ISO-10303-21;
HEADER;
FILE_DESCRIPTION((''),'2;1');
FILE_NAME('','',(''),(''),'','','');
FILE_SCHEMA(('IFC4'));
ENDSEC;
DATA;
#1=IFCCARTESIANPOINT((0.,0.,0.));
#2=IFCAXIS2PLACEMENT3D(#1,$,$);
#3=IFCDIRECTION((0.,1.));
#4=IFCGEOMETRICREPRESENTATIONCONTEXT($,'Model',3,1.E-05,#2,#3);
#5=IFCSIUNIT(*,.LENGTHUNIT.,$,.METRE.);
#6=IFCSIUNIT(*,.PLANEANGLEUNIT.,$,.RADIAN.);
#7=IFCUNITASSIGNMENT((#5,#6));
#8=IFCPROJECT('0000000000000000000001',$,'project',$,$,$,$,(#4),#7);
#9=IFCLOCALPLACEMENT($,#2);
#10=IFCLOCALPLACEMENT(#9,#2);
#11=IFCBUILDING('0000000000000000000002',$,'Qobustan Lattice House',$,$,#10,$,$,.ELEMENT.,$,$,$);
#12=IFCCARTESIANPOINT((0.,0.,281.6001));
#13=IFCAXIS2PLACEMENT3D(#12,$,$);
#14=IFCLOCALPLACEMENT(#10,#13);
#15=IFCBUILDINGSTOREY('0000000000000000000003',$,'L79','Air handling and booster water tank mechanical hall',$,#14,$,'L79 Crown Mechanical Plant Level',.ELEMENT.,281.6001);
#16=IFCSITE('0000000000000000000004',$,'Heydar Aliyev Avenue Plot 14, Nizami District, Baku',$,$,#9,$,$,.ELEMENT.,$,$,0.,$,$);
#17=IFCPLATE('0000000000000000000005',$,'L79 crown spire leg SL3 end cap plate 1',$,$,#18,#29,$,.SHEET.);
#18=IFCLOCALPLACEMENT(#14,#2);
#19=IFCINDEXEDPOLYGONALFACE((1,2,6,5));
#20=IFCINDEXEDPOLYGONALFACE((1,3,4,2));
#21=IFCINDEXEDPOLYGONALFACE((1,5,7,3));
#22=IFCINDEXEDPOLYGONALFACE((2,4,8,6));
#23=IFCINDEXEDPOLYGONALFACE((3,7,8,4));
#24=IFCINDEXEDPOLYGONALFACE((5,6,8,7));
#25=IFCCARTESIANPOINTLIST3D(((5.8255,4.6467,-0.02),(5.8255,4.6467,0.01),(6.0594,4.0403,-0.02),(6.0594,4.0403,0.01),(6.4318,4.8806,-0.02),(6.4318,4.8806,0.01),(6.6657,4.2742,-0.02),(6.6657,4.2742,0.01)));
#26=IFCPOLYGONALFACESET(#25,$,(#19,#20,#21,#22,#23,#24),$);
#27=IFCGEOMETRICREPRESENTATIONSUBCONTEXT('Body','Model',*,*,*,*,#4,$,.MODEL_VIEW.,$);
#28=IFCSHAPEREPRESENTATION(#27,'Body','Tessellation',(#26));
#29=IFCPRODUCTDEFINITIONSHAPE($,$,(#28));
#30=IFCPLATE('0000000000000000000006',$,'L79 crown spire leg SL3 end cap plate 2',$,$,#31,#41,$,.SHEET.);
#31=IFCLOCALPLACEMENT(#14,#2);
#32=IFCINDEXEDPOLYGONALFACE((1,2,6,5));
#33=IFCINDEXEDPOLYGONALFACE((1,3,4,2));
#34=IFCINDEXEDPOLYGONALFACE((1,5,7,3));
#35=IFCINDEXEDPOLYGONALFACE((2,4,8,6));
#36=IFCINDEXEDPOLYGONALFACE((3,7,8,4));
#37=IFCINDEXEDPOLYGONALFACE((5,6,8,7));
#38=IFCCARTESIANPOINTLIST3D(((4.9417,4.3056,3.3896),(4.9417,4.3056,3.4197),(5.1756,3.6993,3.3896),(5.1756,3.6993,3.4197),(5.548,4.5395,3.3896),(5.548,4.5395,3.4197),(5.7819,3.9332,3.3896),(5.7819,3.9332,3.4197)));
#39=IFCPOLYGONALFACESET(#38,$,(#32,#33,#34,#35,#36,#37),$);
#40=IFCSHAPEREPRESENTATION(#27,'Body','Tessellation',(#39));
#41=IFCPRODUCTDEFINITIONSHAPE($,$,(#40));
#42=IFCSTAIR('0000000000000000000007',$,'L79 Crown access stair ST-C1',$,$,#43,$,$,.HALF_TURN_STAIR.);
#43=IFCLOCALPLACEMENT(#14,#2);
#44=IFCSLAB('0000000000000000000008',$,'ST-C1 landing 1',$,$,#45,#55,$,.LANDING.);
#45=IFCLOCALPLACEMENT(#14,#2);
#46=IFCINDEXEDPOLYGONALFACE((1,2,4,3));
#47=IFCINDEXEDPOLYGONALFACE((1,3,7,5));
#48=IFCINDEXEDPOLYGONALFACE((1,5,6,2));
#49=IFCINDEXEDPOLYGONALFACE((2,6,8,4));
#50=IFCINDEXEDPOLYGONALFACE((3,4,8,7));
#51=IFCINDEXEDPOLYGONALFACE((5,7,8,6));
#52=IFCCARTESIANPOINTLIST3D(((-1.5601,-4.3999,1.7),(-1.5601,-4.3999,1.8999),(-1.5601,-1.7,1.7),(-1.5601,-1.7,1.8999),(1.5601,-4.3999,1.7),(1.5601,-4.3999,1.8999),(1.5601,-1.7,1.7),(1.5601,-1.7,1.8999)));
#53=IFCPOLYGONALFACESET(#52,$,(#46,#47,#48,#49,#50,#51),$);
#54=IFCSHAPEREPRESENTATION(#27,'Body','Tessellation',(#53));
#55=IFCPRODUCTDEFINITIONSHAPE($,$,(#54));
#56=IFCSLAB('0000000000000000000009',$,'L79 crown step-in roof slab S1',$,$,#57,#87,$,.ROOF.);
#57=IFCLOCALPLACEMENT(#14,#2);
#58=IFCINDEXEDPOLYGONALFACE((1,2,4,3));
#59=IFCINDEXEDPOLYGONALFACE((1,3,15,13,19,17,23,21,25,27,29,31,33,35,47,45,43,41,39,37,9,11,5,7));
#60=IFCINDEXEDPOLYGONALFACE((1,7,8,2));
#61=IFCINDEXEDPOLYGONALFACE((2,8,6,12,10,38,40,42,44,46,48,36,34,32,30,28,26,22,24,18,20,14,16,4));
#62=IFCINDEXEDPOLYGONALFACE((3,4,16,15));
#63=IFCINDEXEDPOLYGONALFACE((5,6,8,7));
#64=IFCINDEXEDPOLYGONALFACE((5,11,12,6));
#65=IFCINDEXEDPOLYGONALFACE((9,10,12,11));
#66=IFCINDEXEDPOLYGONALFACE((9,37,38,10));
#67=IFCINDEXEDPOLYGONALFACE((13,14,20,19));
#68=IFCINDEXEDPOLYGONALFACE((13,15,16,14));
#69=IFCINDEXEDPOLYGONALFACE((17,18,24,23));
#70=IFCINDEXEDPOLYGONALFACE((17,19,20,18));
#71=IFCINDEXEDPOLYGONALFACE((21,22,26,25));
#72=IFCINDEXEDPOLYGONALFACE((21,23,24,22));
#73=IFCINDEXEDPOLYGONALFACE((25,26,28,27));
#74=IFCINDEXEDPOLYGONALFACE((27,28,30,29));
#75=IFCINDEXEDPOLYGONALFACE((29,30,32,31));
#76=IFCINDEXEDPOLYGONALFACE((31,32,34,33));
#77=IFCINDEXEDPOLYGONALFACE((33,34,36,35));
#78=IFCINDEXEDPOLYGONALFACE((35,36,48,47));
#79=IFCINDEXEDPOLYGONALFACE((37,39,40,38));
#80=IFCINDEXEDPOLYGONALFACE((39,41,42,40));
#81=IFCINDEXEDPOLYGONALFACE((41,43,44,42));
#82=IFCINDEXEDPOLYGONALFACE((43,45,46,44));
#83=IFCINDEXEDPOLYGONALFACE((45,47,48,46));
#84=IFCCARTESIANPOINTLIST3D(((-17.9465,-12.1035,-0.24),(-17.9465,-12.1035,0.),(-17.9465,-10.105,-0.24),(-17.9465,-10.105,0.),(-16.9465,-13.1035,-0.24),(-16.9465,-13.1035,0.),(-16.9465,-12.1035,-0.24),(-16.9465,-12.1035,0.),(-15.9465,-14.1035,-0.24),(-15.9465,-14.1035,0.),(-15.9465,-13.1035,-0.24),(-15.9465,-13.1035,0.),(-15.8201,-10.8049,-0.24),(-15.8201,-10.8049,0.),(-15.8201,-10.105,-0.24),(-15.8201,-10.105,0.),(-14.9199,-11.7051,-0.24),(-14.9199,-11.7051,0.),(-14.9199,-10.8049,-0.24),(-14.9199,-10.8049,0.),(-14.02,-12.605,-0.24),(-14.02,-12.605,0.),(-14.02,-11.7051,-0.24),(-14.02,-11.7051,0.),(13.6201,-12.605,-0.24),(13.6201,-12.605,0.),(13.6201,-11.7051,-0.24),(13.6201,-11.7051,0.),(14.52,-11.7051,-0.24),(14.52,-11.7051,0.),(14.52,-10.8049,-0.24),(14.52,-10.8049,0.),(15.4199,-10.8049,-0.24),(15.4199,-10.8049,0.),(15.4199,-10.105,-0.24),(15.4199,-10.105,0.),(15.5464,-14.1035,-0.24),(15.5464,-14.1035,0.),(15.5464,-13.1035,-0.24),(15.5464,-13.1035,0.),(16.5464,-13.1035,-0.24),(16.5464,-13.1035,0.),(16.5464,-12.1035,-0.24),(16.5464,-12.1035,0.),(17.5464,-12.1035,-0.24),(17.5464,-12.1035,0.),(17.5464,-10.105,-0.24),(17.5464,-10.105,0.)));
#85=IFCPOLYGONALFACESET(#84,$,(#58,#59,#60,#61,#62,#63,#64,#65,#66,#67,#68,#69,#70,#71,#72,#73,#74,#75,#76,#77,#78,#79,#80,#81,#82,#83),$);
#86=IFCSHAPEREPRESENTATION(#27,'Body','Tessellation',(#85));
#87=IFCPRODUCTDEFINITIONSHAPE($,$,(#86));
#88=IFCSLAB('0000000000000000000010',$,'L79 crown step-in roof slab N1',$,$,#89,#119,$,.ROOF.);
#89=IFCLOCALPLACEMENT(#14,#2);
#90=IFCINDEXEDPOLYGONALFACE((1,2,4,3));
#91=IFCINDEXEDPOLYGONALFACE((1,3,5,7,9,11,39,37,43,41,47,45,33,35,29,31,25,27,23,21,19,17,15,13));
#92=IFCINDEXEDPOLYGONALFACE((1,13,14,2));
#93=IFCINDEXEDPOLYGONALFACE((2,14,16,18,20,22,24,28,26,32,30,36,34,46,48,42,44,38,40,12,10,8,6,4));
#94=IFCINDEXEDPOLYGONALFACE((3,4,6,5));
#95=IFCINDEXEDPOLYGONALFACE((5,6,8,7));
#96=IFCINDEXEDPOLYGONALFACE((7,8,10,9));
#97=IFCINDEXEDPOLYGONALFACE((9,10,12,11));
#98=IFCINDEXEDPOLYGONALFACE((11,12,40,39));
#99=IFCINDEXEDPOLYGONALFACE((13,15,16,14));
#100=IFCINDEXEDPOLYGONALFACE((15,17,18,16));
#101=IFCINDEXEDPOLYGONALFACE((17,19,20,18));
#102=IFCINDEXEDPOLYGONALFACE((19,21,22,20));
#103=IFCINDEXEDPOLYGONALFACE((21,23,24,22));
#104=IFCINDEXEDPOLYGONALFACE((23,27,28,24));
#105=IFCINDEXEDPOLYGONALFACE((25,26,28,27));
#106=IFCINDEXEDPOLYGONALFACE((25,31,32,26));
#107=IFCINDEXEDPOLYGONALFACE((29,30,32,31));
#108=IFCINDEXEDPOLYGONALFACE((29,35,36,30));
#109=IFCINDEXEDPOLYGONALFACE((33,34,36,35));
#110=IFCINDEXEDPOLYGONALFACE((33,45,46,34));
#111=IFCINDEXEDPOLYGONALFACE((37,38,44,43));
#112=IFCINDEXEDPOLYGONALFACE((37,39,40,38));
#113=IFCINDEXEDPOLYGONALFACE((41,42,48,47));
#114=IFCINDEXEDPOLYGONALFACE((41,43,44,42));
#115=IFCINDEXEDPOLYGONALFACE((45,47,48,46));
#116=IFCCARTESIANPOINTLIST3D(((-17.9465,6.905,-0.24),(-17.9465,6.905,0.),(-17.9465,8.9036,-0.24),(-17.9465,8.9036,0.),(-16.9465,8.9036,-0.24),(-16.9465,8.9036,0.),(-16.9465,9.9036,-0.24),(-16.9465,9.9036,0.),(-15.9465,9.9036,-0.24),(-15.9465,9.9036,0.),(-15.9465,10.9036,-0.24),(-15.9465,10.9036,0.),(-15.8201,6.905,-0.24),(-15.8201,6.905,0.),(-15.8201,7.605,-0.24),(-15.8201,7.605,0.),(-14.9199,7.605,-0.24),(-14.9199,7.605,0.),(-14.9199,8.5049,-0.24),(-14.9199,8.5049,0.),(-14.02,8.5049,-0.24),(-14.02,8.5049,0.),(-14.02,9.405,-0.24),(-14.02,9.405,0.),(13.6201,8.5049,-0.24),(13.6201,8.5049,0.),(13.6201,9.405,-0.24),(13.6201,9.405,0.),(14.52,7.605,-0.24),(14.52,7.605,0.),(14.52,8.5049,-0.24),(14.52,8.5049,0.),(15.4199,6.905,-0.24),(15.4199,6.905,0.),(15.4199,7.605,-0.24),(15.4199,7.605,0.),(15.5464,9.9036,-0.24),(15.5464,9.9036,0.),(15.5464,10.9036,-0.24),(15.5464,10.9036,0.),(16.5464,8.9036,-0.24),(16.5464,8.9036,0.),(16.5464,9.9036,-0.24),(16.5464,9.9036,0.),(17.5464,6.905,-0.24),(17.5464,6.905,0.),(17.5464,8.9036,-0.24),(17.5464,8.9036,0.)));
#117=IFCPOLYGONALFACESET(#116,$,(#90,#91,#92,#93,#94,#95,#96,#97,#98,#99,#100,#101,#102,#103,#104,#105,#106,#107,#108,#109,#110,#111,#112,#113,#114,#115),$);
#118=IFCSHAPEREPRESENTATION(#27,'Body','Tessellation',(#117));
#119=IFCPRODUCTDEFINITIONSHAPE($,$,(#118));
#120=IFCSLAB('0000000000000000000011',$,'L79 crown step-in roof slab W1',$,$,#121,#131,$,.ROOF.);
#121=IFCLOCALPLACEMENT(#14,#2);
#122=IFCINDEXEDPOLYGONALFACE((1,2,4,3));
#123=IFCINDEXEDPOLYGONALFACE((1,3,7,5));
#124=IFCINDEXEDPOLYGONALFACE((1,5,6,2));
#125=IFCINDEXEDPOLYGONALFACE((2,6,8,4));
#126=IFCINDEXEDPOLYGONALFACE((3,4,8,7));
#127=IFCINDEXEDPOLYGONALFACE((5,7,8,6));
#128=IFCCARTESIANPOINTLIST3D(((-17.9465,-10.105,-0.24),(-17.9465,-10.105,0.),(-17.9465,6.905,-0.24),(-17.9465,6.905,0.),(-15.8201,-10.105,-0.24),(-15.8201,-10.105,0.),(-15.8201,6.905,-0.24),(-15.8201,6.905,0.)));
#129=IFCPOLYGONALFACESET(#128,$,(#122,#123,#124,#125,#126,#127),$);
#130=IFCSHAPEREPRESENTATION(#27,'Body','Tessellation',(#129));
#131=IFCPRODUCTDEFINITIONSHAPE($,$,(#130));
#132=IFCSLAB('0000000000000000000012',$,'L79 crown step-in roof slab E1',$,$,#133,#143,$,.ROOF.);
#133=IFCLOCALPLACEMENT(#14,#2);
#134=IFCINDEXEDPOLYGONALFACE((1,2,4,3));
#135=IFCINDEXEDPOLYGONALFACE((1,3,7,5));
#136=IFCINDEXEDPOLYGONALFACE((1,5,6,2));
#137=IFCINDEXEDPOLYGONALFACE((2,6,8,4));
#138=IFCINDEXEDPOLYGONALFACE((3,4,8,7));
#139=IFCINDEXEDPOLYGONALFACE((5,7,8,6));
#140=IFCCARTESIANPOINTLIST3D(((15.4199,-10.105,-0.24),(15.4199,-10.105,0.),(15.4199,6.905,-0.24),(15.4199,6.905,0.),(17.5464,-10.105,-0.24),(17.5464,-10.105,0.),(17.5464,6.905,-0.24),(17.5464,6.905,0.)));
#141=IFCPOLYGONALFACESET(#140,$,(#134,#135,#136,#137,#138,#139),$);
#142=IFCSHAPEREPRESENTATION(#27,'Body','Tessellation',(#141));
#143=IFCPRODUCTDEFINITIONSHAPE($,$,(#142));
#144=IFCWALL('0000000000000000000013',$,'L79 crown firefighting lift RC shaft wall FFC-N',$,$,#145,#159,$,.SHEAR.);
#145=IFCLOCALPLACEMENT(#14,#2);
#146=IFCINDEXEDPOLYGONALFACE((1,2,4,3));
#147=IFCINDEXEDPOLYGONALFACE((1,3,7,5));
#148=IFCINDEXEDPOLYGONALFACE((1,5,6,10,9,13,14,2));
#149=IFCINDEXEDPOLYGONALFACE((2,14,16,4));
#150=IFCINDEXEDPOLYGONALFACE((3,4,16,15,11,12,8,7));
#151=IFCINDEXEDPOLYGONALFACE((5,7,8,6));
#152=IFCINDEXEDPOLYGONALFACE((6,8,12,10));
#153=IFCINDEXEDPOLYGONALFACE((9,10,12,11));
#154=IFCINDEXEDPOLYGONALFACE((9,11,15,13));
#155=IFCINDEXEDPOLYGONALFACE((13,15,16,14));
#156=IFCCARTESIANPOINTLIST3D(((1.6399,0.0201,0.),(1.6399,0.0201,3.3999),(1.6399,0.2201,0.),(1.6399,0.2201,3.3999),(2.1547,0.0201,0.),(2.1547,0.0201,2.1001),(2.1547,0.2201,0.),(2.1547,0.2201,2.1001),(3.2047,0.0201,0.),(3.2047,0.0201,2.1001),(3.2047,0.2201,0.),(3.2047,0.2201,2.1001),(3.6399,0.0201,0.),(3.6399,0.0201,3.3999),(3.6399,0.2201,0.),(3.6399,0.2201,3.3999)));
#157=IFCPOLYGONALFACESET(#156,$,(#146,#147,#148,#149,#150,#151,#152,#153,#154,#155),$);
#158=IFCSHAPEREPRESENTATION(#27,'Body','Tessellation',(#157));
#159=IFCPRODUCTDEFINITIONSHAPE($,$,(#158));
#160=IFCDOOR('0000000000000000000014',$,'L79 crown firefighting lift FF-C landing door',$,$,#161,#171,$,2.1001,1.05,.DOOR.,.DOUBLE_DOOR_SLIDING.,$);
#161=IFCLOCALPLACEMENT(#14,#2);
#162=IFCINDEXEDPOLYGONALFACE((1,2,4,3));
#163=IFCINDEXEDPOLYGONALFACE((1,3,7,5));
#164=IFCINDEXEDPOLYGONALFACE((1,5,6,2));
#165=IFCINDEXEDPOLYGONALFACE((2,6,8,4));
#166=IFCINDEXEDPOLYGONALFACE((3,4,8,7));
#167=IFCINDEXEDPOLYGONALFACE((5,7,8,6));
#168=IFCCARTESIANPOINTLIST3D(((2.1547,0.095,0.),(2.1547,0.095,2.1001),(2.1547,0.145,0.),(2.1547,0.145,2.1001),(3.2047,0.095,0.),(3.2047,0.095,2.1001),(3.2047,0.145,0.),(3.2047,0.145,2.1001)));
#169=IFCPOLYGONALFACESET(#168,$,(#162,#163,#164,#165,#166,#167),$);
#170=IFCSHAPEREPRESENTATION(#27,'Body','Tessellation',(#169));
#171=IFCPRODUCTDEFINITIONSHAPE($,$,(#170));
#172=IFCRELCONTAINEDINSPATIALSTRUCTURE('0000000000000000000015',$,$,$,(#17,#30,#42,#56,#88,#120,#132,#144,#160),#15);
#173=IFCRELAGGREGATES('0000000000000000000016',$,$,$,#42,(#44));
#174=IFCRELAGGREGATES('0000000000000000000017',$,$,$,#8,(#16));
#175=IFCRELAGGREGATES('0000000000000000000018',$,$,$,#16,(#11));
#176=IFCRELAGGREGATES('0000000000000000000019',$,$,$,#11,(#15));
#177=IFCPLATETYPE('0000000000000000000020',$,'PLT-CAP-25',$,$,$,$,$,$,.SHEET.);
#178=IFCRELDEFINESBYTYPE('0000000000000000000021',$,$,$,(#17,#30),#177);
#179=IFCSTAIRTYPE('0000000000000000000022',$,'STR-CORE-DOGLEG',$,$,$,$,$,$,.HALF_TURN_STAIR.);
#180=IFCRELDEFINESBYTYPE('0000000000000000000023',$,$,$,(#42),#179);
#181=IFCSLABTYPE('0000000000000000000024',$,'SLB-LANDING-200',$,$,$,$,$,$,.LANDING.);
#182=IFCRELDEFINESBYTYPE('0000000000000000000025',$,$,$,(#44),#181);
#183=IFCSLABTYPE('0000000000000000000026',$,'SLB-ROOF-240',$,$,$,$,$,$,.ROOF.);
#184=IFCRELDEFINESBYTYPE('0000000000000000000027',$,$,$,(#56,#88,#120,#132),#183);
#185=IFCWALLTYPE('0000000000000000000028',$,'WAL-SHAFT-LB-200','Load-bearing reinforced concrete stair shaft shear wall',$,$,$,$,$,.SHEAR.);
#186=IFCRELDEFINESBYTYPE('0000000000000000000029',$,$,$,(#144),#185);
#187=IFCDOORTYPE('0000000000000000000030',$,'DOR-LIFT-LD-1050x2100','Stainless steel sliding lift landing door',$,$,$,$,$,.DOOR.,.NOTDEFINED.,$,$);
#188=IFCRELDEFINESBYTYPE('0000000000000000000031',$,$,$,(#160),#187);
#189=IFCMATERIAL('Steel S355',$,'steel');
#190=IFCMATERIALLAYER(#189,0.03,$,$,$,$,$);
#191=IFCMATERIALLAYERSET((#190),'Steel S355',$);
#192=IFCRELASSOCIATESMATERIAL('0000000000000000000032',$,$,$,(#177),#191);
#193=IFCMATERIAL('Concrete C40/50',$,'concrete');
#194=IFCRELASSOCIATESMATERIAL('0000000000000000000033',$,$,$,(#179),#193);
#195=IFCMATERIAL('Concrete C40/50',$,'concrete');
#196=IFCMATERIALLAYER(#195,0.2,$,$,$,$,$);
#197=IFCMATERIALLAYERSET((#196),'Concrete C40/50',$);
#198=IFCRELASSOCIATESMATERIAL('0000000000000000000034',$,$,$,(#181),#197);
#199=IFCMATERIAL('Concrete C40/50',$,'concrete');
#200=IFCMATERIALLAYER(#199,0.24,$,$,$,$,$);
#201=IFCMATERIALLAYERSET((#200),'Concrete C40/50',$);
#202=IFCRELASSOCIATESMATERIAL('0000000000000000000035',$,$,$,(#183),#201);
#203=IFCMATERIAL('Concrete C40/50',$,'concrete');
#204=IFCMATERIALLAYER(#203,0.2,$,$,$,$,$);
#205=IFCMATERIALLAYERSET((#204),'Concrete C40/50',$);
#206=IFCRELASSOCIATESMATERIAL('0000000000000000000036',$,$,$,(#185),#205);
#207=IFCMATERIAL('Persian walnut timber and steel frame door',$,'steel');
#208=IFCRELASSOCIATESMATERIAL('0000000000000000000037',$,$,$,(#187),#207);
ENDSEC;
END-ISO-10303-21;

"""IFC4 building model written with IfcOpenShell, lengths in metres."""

from ifc_helpers import new_model, si_unit, direction, frame, frame_2d, origin, origin_2d, place, context, subcontext, project, spatial, polyline, rectangle, outline, extrude, material, layer, layer_set, type_object, element, fill, aggregate, save


model = new_model("IFC4")

# Units and contexts
model_context = context("Model", 3, precision=1e-05, world=origin(), true_north=direction((0.0, 1.0)))
body_context = subcontext(model_context, "Body", "Model", "MODEL_VIEW")
ifc_project = project(units=[si_unit("LENGTHUNIT", "METRE"), si_unit("PLANEANGLEUNIT", "RADIAN")], contexts=[model_context])

# Site, building, storey
site_placement = place(None, origin())
site = spatial("IfcSite", under=ifc_project, at=site_placement, Name="Heydar Aliyev Avenue Plot 14, Nizami District, Baku", CompositionType="ELEMENT", RefElevation=0.0)
building_placement = place(site_placement, origin())
building = spatial("IfcBuilding", under=site, at=building_placement, Name="Qobustan Lattice House", CompositionType="ELEMENT")
storey_placement = place(building_placement, frame((0.0, 0.0, 281.6001)))
storey = spatial("IfcBuildingStorey", under=building, at=storey_placement, Name="L79", Description="Air handling and booster water tank mechanical hall", LongName="L79 Crown Mechanical Plant Level", CompositionType="ELEMENT", Elevation=281.6001)

# Plates
ifc_material_1 = material(Name="Steel S355", Category="steel")
ifc_layer_1 = layer(ifc_material_1, 0.03)
ifc_layer_set_1 = layer_set([ifc_layer_1], Name="Steel S355")
plate_type_1 = type_object("IfcPlateType", Name="PLT-CAP-25", PredefinedType="SHEET", material=ifc_layer_set_1)
for number, where, z_axis, x_axis, name in (
    (1, (6.2456, 4.4604, -0.02), (0.0, 0.0, 1.0), (-0.932991, -0.359899, 0.0), "L79 crown spire leg SL3 end cap plate 1"),
    (2, (5.3618, 4.1194, 3.3896), (0.0, 0.0, 1.0), (-0.932991, -0.359899, 0.0), "L79 crown spire leg SL3 end cap plate 2"),
):
    element("IfcPlate", number, at=place(storey_placement, frame(where, z_axis=z_axis, x_axis=x_axis)), inside=storey, type_object=plate_type_1, Name=name, PredefinedType="SHEET", context=body_context, shape_type="SweptSolid", body=[
        extrude(rectangle(XDim=0.6499, YDim=0.6499, at=origin_2d()), origin(), (0.0, 0.0, 1.0), 0.03),
    ])

# Stair, slab
ifc_material_2 = material(Name="Concrete C40/50", Category="concrete")
stair_type = type_object("IfcStairType", Name="STR-CORE-DOGLEG", PredefinedType="HALF_TURN_STAIR", material=ifc_material_2)
stair_placement = place(storey_placement, origin())
stair = element("IfcStair", 3, at=stair_placement, inside=storey, type_object=stair_type, Name="L79 Crown access stair ST-C1", PredefinedType="HALF_TURN_STAIR")
ifc_material_3 = material(Name="Concrete C40/50", Category="concrete")
ifc_layer_2 = layer(ifc_material_3, 0.2)
ifc_layer_set_2 = layer_set([ifc_layer_2], Name="Concrete C40/50")
slab_type_1 = type_object("IfcSlabType", Name="SLB-LANDING-200", PredefinedType="LANDING", material=ifc_layer_set_2)
slab_1_placement = place(storey_placement, frame((0.0, 0.0, 1.7)))
slab_1 = element("IfcSlab", 4, at=slab_1_placement, type_object=slab_type_1, Name="ST-C1 landing 1", PredefinedType="LANDING", context=body_context, shape_type="SweptSolid", body=[
    extrude(outline(polyline([(-1.5601, -1.7), (-1.5601, -4.3999), (1.5601, -4.3999), (1.5601, -1.7), (-1.5601, -1.7)])), origin(), (0.0, 0.0, 1.0), 0.2),
])
aggregate(stair, [slab_1])

# Slabs
ifc_material_4 = material(Name="Concrete C40/50", Category="concrete")
ifc_layer_3 = layer(ifc_material_4, 0.24)
ifc_layer_set_3 = layer_set([ifc_layer_3], Name="Concrete C40/50")
slab_type_2 = type_object("IfcSlabType", Name="SLB-ROOF-240", PredefinedType="ROOF", material=ifc_layer_set_3)
slab_2_placement = place(storey_placement, frame((0.0, 0.0, -0.24)))
element("IfcSlab", 5, at=slab_2_placement, inside=storey, type_object=slab_type_2, Name="L79 crown step-in roof slab S1", PredefinedType="ROOF", context=body_context, shape_type="SweptSolid", body=[
    extrude(outline(polyline([(-15.9465, -13.1035), (-15.9465, -14.1035), (15.5464, -14.1035), (15.5464, -13.1035), (16.5464, -13.1035), (16.5464, -12.1035), (17.5464, -12.1035), (17.5464, -10.105), (15.4199, -10.105), (15.4199, -10.8049), (14.52, -10.8049), (14.52, -11.7051), (13.6201, -11.7051), (13.6201, -12.605), (-14.02, -12.605), (-14.02, -11.7051), (-14.9199, -11.7051), (-14.9199, -10.8049), (-15.8201, -10.8049), (-15.8201, -10.105), (-17.9465, -10.105), (-17.9465, -12.1035), (-16.9465, -12.1035), (-16.9465, -13.1035), (-15.9465, -13.1035)])), origin(), (0.0, 0.0, 1.0), 0.24),
])
slab_3_placement = place(storey_placement, frame((0.0, 0.0, -0.24)))
element("IfcSlab", 6, at=slab_3_placement, inside=storey, type_object=slab_type_2, Name="L79 crown step-in roof slab N1", PredefinedType="ROOF", context=body_context, shape_type="SweptSolid", body=[
    extrude(outline(polyline([(-17.9465, 6.905), (-15.8201, 6.905), (-15.8201, 7.605), (-14.9199, 7.605), (-14.9199, 8.5049), (-14.02, 8.5049), (-14.02, 9.405), (13.6201, 9.405), (13.6201, 8.5049), (14.52, 8.5049), (14.52, 7.605), (15.4199, 7.605), (15.4199, 6.905), (17.5464, 6.905), (17.5464, 8.9036), (16.5464, 8.9036), (16.5464, 9.9036), (15.5464, 9.9036), (15.5464, 10.9036), (-15.9465, 10.9036), (-15.9465, 9.9036), (-16.9465, 9.9036), (-16.9465, 8.9036), (-17.9465, 8.9036), (-17.9465, 6.905)])), origin(), (0.0, 0.0, 1.0), 0.24),
])
slab_4_placement = place(storey_placement, frame((0.0, 0.0, -0.24)))
element("IfcSlab", 7, at=slab_4_placement, inside=storey, type_object=slab_type_2, Name="L79 crown step-in roof slab W1", PredefinedType="ROOF", context=body_context, shape_type="SweptSolid", body=[
    extrude(outline(polyline([(-17.9465, -10.105), (-15.8201, -10.105), (-15.8201, 6.905), (-17.9465, 6.905), (-17.9465, -10.105)])), origin(), (0.0, 0.0, 1.0), 0.24),
])
slab_5_placement = place(storey_placement, frame((0.0, 0.0, -0.24)))
element("IfcSlab", 8, at=slab_5_placement, inside=storey, type_object=slab_type_2, Name="L79 crown step-in roof slab E1", PredefinedType="ROOF", context=body_context, shape_type="SweptSolid", body=[
    extrude(outline(polyline([(17.5464, 6.905), (15.4199, 6.905), (15.4199, -10.105), (17.5464, -10.105), (17.5464, 6.905)])), origin(), (0.0, 0.0, 1.0), 0.24),
])

# Wall, opening, door
ifc_material_5 = material(Name="Concrete C40/50", Category="concrete")
ifc_layer_4 = layer(ifc_material_5, 0.2)
ifc_layer_set_4 = layer_set([ifc_layer_4], Name="Concrete C40/50")
wall_type = type_object("IfcWallType", Name="WAL-SHAFT-LB-200", Description="Load-bearing reinforced concrete stair shaft shear wall", PredefinedType="SHEAR", material=ifc_layer_set_4)
wall_placement = place(storey_placement, frame((1.6399, 0.1201, 0.0), z_axis=(0.0, 0.0, 1.0), x_axis=(1.0, 0.0, 0.0)))
wall = element("IfcWall", 9, at=wall_placement, inside=storey, type_object=wall_type, Name="L79 crown firefighting lift RC shaft wall FFC-N", PredefinedType="SHEAR", context=body_context, shape_type="SweptSolid", body=[
    extrude(rectangle(XDim=2.0, YDim=0.2, at=frame_2d((1.0, 0.0))), origin(), (0.0, 0.0, 1.0), 3.3999),
])
opening_placement = place(wall_placement, frame((0.5149, 0.0, 0.0)))
opening = element("IfcOpeningElement", 10, at=opening_placement, cuts=wall, PredefinedType="OPENING", context=body_context, shape_type="SweptSolid", body=[
    extrude(rectangle(XDim=1.05, YDim=2.1001, at=frame_2d((0.5249, 1.05))), frame((0.0, 0.1099, 0.0), z_axis=(0.0, -1.0, 0.0), x_axis=(1.0, 0.0, 0.0)), (0.0, 0.0, 1.0), 0.22),
])
ifc_material_6 = material(Name="Persian walnut timber and steel frame door", Category="steel")
door_type = type_object("IfcDoorType", Name="DOR-LIFT-LD-1050x2100", Description="Stainless steel sliding lift landing door", OperationType="NOTDEFINED", PredefinedType="DOOR", material=ifc_material_6)
door_placement = place(opening_placement, origin())
door = element("IfcDoor", 11, at=door_placement, inside=storey, type_object=door_type, Name="L79 crown firefighting lift FF-C landing door", OperationType="DOUBLE_DOOR_SLIDING", OverallHeight=2.1001, OverallWidth=1.05, PredefinedType="DOOR", context=body_context, shape_type="SweptSolid", body=[
    extrude(rectangle(XDim=1.05, YDim=2.1001, at=frame_2d((0.5249, 1.05))), frame((0.0, 0.0249, 0.0), z_axis=(0.0, -1.0, 0.0), x_axis=(1.0, 0.0, 0.0)), (0.0, 0.0, 1.0), 0.05),
])
fill(opening, door)

save(model, "model.ifc")
